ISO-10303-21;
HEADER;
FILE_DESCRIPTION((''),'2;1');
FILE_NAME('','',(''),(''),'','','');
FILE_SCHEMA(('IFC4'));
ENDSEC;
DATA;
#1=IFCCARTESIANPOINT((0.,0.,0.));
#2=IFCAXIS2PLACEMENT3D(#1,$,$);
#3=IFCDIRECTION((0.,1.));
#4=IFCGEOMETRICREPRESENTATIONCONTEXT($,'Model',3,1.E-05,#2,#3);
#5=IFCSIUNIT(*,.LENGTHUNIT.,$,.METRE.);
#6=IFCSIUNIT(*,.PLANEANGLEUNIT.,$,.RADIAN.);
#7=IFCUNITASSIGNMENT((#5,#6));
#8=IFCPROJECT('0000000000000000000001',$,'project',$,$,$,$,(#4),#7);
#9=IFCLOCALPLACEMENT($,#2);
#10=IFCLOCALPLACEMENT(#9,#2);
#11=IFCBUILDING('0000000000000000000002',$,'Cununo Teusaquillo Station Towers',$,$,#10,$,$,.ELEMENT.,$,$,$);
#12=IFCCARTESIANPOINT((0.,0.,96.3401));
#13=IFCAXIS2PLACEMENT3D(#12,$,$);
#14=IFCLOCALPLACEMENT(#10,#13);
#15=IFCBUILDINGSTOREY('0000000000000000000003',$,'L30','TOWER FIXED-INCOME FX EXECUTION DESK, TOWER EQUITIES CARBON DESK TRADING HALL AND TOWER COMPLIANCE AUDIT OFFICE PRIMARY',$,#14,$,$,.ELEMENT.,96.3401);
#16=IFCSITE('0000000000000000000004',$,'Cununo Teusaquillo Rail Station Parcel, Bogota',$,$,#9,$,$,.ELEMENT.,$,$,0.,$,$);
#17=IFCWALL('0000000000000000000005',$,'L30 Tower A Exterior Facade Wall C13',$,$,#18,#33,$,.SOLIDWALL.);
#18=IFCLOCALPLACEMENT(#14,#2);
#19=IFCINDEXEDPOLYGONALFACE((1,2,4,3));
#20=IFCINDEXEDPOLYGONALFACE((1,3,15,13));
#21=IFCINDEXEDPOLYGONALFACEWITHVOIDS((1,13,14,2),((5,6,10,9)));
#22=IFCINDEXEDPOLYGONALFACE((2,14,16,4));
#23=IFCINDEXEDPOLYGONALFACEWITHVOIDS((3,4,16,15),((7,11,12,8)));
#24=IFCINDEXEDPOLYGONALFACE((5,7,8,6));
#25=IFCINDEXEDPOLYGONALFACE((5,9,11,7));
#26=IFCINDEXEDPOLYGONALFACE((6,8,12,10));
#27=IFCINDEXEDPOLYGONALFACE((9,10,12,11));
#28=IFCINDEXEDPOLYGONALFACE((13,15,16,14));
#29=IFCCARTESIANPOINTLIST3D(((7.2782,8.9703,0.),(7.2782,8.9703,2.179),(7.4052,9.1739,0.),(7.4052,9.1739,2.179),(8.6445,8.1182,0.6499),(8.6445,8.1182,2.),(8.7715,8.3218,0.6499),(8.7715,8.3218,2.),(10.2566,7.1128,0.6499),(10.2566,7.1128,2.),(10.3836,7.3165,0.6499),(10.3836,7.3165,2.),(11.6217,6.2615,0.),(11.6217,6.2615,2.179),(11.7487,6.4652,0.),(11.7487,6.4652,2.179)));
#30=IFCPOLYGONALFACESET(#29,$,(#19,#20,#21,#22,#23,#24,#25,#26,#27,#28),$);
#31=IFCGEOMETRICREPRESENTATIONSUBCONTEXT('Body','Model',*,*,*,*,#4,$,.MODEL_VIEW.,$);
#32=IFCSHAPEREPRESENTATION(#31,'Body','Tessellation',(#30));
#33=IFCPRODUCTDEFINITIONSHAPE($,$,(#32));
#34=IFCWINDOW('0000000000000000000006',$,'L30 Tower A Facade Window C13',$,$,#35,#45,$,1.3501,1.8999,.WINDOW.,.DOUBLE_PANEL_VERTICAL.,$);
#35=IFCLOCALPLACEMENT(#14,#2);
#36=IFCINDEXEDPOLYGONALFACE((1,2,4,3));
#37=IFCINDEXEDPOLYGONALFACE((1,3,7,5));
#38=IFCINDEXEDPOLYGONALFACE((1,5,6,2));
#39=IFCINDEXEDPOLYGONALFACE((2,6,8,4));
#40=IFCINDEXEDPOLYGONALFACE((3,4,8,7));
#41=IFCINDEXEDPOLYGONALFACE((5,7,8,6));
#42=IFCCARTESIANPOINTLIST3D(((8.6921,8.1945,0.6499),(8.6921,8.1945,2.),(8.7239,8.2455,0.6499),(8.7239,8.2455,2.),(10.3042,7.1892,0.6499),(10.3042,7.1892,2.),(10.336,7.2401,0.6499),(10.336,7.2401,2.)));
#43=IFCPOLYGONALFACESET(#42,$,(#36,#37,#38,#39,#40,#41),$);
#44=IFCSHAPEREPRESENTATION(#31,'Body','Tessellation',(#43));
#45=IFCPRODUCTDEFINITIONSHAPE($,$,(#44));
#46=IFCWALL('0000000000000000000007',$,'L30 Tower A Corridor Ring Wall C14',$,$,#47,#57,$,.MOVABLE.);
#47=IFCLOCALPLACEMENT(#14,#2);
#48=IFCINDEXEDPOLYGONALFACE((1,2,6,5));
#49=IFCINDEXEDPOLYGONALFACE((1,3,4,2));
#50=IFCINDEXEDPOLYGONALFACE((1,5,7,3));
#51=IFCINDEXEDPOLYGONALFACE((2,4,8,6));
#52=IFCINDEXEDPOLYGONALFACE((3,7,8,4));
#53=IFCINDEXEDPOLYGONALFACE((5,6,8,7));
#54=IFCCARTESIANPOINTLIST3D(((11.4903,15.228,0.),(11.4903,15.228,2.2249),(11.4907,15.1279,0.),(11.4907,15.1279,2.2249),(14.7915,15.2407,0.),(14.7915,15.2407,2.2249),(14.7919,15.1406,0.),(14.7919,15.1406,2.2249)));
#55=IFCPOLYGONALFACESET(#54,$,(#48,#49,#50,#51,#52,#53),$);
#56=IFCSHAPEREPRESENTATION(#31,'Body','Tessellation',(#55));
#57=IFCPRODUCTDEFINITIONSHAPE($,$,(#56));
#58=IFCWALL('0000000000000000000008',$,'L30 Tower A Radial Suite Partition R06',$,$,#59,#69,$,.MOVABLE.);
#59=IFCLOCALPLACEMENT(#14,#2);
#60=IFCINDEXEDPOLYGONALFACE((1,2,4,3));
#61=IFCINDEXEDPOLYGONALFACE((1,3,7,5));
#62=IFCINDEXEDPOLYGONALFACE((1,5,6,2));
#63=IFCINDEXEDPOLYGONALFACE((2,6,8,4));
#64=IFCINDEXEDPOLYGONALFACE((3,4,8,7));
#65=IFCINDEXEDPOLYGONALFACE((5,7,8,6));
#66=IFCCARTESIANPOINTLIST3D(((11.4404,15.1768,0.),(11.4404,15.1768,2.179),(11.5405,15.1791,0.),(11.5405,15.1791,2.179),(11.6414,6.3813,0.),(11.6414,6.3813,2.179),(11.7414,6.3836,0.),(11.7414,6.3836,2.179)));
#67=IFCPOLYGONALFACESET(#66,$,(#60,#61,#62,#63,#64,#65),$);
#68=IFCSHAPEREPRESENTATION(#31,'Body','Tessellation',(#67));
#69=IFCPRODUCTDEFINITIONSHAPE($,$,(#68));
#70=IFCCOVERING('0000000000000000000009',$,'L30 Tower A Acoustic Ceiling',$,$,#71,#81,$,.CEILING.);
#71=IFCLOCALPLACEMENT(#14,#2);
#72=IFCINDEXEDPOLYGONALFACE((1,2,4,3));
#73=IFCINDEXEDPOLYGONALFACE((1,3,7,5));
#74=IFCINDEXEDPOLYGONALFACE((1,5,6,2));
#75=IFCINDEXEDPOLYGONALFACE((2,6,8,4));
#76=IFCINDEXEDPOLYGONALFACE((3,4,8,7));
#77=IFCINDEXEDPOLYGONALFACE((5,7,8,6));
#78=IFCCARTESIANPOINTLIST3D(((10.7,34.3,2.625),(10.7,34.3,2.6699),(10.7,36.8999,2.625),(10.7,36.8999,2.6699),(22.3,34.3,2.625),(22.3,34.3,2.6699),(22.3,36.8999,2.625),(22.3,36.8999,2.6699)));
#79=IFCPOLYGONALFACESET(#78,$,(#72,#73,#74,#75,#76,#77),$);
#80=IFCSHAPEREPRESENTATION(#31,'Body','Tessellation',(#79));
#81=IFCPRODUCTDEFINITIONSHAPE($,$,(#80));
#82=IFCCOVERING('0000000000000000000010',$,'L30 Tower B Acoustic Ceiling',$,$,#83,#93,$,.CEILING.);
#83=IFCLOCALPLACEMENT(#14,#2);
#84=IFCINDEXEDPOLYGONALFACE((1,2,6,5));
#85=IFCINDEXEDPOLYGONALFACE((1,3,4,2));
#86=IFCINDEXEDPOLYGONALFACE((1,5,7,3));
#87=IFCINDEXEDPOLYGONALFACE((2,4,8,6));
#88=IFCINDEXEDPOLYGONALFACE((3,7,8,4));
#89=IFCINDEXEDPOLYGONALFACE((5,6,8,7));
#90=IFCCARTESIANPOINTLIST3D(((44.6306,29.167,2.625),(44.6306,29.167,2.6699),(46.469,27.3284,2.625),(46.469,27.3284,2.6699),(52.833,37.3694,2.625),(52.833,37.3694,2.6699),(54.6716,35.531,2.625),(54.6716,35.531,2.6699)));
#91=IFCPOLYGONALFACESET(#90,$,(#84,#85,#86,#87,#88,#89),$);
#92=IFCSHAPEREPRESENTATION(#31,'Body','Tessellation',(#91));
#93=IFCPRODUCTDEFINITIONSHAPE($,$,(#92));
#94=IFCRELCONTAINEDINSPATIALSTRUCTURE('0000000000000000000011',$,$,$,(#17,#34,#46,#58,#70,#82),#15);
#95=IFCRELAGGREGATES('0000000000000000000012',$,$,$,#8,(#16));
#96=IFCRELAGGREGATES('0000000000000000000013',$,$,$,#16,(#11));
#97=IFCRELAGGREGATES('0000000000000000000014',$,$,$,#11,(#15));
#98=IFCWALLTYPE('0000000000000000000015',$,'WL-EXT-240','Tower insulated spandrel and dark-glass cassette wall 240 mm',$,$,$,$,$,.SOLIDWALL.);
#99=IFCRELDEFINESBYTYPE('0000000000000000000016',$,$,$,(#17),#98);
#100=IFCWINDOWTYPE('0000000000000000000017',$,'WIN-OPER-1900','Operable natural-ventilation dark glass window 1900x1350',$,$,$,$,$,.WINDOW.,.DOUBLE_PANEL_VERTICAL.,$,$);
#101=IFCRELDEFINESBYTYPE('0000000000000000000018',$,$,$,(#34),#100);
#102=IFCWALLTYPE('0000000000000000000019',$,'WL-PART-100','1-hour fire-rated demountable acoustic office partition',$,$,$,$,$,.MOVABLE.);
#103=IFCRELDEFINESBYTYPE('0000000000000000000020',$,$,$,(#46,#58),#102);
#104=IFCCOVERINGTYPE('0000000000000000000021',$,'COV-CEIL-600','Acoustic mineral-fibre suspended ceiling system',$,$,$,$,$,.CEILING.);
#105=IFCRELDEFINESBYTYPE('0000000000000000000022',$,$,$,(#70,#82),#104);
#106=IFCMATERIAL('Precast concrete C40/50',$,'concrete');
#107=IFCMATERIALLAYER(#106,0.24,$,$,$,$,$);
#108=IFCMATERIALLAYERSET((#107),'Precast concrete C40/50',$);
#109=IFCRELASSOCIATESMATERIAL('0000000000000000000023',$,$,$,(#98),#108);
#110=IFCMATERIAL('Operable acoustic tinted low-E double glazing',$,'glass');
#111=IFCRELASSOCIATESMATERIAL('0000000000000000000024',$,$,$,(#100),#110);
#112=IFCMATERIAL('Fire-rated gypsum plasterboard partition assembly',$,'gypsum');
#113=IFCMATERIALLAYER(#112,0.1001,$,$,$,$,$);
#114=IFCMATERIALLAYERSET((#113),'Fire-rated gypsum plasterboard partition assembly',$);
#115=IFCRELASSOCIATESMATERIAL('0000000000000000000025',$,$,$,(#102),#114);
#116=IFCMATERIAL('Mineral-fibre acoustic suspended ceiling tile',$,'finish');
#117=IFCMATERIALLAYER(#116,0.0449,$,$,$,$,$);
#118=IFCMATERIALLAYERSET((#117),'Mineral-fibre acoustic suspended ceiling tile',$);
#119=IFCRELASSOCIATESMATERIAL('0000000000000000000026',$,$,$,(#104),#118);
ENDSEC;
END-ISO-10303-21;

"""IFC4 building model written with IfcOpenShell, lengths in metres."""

from ifc_helpers import new_model, si_unit, direction, frame, frame_2d, origin, place, context, subcontext, project, spatial, polyline, rectangle, outline, extrude, source, transform, mapped, material, layer, layer_set, type_object, element, fill, save


model = new_model("IFC4")

# Units and contexts
model_context = context("Model", 3, precision=1e-05, world=origin(), true_north=direction((0.0, 1.0)))
body_context = subcontext(model_context, "Body", "Model", "MODEL_VIEW")
ifc_project = project(units=[si_unit("LENGTHUNIT", "METRE"), si_unit("PLANEANGLEUNIT", "RADIAN")], contexts=[model_context])

# Site, building, storey
site_placement = place(None, origin())
site = spatial("IfcSite", under=ifc_project, at=site_placement, Name="Cununo Teusaquillo Rail Station Parcel, Bogota", CompositionType="ELEMENT", RefElevation=0.0)
building_placement = place(site_placement, origin())
building = spatial("IfcBuilding", under=site, at=building_placement, Name="Cununo Teusaquillo Station Towers", CompositionType="ELEMENT")
storey_placement = place(building_placement, frame((0.0, 0.0, 96.3401)))
storey = spatial("IfcBuildingStorey", under=building, at=storey_placement, Name="L30", Description="TOWER FIXED-INCOME FX EXECUTION DESK, TOWER EQUITIES CARBON DESK TRADING HALL AND TOWER COMPLIANCE AUDIT OFFICE PRIMARY", CompositionType="ELEMENT", Elevation=96.3401)

# Shared definitions
ifc_material_1 = material(Name="Precast concrete C40/50", Category="concrete")
ifc_layer_1 = layer(ifc_material_1, 0.24)
ifc_layer_set_1 = layer_set([ifc_layer_1], Name="Precast concrete C40/50")
wall_type_1 = type_object("IfcWallType", Name="WL-EXT-240", Description="Tower insulated spandrel and dark-glass cassette wall 240 mm", PredefinedType="SOLIDWALL", material=ifc_layer_set_1)
shared_shape_1 = source(origin(), body_context, "Body", "SweptSolid", [
    extrude(rectangle(XDim=1.8999, YDim=1.3501, at=frame_2d((0.95, 0.675))), frame((0.0, 0.1299, 0.0), z_axis=(0.0, -1.0, 0.0), x_axis=(1.0, 0.0, 0.0)), (0.0, 0.0, 1.0), 0.26),
])
ifc_material_2 = material(Name="Operable acoustic tinted low-E double glazing", Category="glass")
window_type = type_object("IfcWindowType", Name="WIN-OPER-1900", Description="Operable natural-ventilation dark glass window 1900x1350", PartitioningType="DOUBLE_PANEL_VERTICAL", PredefinedType="WINDOW", material=ifc_material_2)
shared_shape_2 = source(origin(), body_context, "Body", "SweptSolid", [
    extrude(rectangle(XDim=1.8999, YDim=1.3501, at=frame_2d((0.95, 0.675))), frame((0.0, 0.03, 0.0), z_axis=(0.0, -1.0, 0.0), x_axis=(1.0, 0.0, 0.0)), (0.0, 0.0, 1.0), 0.0601),
])

# Wall, opening, window
wall_1_placement = place(storey_placement, frame((11.6853, 6.3633, 0.0), z_axis=(0.0, 0.0, 1.0), x_axis=(-0.84852, 0.529163, 0.0)))
wall_1 = element("IfcWall", 1, at=wall_1_placement, inside=storey, type_object=wall_type_1, Name="L30 Tower A Exterior Facade Wall C13", PredefinedType="SOLIDWALL", context=body_context, shape_type="SweptSolid", body=[
    extrude(rectangle(XDim=5.1189, YDim=0.24, at=frame_2d((2.5596, 0.0))), origin(), (0.0, 0.0, 1.0), 2.179),
])
opening_1_placement = place(wall_1_placement, frame((1.6089, 0.0, 0.6499)))
opening_1 = element("IfcOpeningElement", 2, at=opening_1_placement, cuts=wall_1, PredefinedType="OPENING", context=body_context, shape_type="MappedRepresentation", body=[
    mapped(shared_shape_1, transform((0.0, 0.0, 0.0), x_axis=(1.0, 0.0, 0.0), y_axis=(0.0, 1.0, 0.0), z_axis=(0.0, 0.0, 1.0), scale=1.0)),
])
window_1_placement = place(opening_1_placement, origin())
window_1 = element("IfcWindow", 3, at=window_1_placement, inside=storey, type_object=window_type, Name="L30 Tower A Facade Window C13", OverallHeight=1.3501, OverallWidth=1.8999, PartitioningType="DOUBLE_PANEL_VERTICAL", PredefinedType="WINDOW", context=body_context, shape_type="MappedRepresentation", body=[
    mapped(shared_shape_2, transform((0.0, 0.0, 0.0), x_axis=(1.0, 0.0, 0.0), y_axis=(0.0, 1.0, 0.0), z_axis=(0.0, 0.0, 1.0), scale=1.0)),
])
fill(opening_1, window_1)

# Walls
ifc_material_3 = material(Name="Fire-rated gypsum plasterboard partition assembly", Category="gypsum")
ifc_layer_2 = layer(ifc_material_3, 0.1001)
ifc_layer_set_2 = layer_set([ifc_layer_2], Name="Fire-rated gypsum plasterboard partition assembly")
wall_type_2 = type_object("IfcWallType", Name="WL-PART-100", Description="1-hour fire-rated demountable acoustic office partition", PredefinedType="MOVABLE", material=ifc_layer_set_2)
wall_2_placement = place(storey_placement, frame((11.4905, 15.178, 0.0), z_axis=(0.0, 0.0, 1.0), x_axis=(0.999993, 0.003846, 0.0)))
element("IfcWall", 4, at=wall_2_placement, inside=storey, type_object=wall_type_2, Name="L30 Tower A Corridor Ring Wall C14", PredefinedType="MOVABLE", context=body_context, shape_type="SweptSolid", body=[
    extrude(rectangle(XDim=3.3013, YDim=0.1001, at=frame_2d((1.6506, 0.0))), origin(), (0.0, 0.0, 1.0), 2.2249),
])
wall_3_placement = place(storey_placement, frame((11.4905, 15.178, 0.0), z_axis=(0.0, 0.0, 1.0), x_axis=(0.022838, -0.999739, 0.0)))
element("IfcWall", 5, at=wall_3_placement, inside=storey, type_object=wall_type_2, Name="L30 Tower A Radial Suite Partition R06", PredefinedType="MOVABLE", context=body_context, shape_type="SweptSolid", body=[
    extrude(rectangle(XDim=8.7979, YDim=0.1001, at=frame_2d((4.3989, 0.0))), origin(), (0.0, 0.0, 1.0), 2.179),
])

# Coverings
ifc_material_4 = material(Name="Mineral-fibre acoustic suspended ceiling tile", Category="finish")
ifc_layer_3 = layer(ifc_material_4, 0.0449)
ifc_layer_set_3 = layer_set([ifc_layer_3], Name="Mineral-fibre acoustic suspended ceiling tile")
covering_type = type_object("IfcCoveringType", Name="COV-CEIL-600", Description="Acoustic mineral-fibre suspended ceiling system", PredefinedType="CEILING", material=ifc_layer_set_3)
covering_1_placement = place(storey_placement, frame((0.0, 0.0, 2.625)))
element("IfcCovering", 6, at=covering_1_placement, inside=storey, type_object=covering_type, Name="L30 Tower A Acoustic Ceiling", PredefinedType="CEILING", context=body_context, shape_type="SweptSolid", body=[
    extrude(outline(polyline([(22.3, 36.8999), (22.3, 34.3), (10.7, 34.3), (10.7, 36.8999), (22.3, 36.8999)])), origin(), (0.0, 0.0, 1.0), 0.0449),
])
covering_2_placement = place(storey_placement, frame((0.0, 0.0, 2.625)))
element("IfcCovering", 7, at=covering_2_placement, inside=storey, type_object=covering_type, Name="L30 Tower B Acoustic Ceiling", PredefinedType="CEILING", context=body_context, shape_type="SweptSolid", body=[
    extrude(outline(polyline([(52.833, 37.3694), (54.6716, 35.531), (46.469, 27.3284), (44.6306, 29.167), (52.833, 37.3694)])), origin(), (0.0, 0.0, 1.0), 0.0449),
])

save(model, "model.ifc")
